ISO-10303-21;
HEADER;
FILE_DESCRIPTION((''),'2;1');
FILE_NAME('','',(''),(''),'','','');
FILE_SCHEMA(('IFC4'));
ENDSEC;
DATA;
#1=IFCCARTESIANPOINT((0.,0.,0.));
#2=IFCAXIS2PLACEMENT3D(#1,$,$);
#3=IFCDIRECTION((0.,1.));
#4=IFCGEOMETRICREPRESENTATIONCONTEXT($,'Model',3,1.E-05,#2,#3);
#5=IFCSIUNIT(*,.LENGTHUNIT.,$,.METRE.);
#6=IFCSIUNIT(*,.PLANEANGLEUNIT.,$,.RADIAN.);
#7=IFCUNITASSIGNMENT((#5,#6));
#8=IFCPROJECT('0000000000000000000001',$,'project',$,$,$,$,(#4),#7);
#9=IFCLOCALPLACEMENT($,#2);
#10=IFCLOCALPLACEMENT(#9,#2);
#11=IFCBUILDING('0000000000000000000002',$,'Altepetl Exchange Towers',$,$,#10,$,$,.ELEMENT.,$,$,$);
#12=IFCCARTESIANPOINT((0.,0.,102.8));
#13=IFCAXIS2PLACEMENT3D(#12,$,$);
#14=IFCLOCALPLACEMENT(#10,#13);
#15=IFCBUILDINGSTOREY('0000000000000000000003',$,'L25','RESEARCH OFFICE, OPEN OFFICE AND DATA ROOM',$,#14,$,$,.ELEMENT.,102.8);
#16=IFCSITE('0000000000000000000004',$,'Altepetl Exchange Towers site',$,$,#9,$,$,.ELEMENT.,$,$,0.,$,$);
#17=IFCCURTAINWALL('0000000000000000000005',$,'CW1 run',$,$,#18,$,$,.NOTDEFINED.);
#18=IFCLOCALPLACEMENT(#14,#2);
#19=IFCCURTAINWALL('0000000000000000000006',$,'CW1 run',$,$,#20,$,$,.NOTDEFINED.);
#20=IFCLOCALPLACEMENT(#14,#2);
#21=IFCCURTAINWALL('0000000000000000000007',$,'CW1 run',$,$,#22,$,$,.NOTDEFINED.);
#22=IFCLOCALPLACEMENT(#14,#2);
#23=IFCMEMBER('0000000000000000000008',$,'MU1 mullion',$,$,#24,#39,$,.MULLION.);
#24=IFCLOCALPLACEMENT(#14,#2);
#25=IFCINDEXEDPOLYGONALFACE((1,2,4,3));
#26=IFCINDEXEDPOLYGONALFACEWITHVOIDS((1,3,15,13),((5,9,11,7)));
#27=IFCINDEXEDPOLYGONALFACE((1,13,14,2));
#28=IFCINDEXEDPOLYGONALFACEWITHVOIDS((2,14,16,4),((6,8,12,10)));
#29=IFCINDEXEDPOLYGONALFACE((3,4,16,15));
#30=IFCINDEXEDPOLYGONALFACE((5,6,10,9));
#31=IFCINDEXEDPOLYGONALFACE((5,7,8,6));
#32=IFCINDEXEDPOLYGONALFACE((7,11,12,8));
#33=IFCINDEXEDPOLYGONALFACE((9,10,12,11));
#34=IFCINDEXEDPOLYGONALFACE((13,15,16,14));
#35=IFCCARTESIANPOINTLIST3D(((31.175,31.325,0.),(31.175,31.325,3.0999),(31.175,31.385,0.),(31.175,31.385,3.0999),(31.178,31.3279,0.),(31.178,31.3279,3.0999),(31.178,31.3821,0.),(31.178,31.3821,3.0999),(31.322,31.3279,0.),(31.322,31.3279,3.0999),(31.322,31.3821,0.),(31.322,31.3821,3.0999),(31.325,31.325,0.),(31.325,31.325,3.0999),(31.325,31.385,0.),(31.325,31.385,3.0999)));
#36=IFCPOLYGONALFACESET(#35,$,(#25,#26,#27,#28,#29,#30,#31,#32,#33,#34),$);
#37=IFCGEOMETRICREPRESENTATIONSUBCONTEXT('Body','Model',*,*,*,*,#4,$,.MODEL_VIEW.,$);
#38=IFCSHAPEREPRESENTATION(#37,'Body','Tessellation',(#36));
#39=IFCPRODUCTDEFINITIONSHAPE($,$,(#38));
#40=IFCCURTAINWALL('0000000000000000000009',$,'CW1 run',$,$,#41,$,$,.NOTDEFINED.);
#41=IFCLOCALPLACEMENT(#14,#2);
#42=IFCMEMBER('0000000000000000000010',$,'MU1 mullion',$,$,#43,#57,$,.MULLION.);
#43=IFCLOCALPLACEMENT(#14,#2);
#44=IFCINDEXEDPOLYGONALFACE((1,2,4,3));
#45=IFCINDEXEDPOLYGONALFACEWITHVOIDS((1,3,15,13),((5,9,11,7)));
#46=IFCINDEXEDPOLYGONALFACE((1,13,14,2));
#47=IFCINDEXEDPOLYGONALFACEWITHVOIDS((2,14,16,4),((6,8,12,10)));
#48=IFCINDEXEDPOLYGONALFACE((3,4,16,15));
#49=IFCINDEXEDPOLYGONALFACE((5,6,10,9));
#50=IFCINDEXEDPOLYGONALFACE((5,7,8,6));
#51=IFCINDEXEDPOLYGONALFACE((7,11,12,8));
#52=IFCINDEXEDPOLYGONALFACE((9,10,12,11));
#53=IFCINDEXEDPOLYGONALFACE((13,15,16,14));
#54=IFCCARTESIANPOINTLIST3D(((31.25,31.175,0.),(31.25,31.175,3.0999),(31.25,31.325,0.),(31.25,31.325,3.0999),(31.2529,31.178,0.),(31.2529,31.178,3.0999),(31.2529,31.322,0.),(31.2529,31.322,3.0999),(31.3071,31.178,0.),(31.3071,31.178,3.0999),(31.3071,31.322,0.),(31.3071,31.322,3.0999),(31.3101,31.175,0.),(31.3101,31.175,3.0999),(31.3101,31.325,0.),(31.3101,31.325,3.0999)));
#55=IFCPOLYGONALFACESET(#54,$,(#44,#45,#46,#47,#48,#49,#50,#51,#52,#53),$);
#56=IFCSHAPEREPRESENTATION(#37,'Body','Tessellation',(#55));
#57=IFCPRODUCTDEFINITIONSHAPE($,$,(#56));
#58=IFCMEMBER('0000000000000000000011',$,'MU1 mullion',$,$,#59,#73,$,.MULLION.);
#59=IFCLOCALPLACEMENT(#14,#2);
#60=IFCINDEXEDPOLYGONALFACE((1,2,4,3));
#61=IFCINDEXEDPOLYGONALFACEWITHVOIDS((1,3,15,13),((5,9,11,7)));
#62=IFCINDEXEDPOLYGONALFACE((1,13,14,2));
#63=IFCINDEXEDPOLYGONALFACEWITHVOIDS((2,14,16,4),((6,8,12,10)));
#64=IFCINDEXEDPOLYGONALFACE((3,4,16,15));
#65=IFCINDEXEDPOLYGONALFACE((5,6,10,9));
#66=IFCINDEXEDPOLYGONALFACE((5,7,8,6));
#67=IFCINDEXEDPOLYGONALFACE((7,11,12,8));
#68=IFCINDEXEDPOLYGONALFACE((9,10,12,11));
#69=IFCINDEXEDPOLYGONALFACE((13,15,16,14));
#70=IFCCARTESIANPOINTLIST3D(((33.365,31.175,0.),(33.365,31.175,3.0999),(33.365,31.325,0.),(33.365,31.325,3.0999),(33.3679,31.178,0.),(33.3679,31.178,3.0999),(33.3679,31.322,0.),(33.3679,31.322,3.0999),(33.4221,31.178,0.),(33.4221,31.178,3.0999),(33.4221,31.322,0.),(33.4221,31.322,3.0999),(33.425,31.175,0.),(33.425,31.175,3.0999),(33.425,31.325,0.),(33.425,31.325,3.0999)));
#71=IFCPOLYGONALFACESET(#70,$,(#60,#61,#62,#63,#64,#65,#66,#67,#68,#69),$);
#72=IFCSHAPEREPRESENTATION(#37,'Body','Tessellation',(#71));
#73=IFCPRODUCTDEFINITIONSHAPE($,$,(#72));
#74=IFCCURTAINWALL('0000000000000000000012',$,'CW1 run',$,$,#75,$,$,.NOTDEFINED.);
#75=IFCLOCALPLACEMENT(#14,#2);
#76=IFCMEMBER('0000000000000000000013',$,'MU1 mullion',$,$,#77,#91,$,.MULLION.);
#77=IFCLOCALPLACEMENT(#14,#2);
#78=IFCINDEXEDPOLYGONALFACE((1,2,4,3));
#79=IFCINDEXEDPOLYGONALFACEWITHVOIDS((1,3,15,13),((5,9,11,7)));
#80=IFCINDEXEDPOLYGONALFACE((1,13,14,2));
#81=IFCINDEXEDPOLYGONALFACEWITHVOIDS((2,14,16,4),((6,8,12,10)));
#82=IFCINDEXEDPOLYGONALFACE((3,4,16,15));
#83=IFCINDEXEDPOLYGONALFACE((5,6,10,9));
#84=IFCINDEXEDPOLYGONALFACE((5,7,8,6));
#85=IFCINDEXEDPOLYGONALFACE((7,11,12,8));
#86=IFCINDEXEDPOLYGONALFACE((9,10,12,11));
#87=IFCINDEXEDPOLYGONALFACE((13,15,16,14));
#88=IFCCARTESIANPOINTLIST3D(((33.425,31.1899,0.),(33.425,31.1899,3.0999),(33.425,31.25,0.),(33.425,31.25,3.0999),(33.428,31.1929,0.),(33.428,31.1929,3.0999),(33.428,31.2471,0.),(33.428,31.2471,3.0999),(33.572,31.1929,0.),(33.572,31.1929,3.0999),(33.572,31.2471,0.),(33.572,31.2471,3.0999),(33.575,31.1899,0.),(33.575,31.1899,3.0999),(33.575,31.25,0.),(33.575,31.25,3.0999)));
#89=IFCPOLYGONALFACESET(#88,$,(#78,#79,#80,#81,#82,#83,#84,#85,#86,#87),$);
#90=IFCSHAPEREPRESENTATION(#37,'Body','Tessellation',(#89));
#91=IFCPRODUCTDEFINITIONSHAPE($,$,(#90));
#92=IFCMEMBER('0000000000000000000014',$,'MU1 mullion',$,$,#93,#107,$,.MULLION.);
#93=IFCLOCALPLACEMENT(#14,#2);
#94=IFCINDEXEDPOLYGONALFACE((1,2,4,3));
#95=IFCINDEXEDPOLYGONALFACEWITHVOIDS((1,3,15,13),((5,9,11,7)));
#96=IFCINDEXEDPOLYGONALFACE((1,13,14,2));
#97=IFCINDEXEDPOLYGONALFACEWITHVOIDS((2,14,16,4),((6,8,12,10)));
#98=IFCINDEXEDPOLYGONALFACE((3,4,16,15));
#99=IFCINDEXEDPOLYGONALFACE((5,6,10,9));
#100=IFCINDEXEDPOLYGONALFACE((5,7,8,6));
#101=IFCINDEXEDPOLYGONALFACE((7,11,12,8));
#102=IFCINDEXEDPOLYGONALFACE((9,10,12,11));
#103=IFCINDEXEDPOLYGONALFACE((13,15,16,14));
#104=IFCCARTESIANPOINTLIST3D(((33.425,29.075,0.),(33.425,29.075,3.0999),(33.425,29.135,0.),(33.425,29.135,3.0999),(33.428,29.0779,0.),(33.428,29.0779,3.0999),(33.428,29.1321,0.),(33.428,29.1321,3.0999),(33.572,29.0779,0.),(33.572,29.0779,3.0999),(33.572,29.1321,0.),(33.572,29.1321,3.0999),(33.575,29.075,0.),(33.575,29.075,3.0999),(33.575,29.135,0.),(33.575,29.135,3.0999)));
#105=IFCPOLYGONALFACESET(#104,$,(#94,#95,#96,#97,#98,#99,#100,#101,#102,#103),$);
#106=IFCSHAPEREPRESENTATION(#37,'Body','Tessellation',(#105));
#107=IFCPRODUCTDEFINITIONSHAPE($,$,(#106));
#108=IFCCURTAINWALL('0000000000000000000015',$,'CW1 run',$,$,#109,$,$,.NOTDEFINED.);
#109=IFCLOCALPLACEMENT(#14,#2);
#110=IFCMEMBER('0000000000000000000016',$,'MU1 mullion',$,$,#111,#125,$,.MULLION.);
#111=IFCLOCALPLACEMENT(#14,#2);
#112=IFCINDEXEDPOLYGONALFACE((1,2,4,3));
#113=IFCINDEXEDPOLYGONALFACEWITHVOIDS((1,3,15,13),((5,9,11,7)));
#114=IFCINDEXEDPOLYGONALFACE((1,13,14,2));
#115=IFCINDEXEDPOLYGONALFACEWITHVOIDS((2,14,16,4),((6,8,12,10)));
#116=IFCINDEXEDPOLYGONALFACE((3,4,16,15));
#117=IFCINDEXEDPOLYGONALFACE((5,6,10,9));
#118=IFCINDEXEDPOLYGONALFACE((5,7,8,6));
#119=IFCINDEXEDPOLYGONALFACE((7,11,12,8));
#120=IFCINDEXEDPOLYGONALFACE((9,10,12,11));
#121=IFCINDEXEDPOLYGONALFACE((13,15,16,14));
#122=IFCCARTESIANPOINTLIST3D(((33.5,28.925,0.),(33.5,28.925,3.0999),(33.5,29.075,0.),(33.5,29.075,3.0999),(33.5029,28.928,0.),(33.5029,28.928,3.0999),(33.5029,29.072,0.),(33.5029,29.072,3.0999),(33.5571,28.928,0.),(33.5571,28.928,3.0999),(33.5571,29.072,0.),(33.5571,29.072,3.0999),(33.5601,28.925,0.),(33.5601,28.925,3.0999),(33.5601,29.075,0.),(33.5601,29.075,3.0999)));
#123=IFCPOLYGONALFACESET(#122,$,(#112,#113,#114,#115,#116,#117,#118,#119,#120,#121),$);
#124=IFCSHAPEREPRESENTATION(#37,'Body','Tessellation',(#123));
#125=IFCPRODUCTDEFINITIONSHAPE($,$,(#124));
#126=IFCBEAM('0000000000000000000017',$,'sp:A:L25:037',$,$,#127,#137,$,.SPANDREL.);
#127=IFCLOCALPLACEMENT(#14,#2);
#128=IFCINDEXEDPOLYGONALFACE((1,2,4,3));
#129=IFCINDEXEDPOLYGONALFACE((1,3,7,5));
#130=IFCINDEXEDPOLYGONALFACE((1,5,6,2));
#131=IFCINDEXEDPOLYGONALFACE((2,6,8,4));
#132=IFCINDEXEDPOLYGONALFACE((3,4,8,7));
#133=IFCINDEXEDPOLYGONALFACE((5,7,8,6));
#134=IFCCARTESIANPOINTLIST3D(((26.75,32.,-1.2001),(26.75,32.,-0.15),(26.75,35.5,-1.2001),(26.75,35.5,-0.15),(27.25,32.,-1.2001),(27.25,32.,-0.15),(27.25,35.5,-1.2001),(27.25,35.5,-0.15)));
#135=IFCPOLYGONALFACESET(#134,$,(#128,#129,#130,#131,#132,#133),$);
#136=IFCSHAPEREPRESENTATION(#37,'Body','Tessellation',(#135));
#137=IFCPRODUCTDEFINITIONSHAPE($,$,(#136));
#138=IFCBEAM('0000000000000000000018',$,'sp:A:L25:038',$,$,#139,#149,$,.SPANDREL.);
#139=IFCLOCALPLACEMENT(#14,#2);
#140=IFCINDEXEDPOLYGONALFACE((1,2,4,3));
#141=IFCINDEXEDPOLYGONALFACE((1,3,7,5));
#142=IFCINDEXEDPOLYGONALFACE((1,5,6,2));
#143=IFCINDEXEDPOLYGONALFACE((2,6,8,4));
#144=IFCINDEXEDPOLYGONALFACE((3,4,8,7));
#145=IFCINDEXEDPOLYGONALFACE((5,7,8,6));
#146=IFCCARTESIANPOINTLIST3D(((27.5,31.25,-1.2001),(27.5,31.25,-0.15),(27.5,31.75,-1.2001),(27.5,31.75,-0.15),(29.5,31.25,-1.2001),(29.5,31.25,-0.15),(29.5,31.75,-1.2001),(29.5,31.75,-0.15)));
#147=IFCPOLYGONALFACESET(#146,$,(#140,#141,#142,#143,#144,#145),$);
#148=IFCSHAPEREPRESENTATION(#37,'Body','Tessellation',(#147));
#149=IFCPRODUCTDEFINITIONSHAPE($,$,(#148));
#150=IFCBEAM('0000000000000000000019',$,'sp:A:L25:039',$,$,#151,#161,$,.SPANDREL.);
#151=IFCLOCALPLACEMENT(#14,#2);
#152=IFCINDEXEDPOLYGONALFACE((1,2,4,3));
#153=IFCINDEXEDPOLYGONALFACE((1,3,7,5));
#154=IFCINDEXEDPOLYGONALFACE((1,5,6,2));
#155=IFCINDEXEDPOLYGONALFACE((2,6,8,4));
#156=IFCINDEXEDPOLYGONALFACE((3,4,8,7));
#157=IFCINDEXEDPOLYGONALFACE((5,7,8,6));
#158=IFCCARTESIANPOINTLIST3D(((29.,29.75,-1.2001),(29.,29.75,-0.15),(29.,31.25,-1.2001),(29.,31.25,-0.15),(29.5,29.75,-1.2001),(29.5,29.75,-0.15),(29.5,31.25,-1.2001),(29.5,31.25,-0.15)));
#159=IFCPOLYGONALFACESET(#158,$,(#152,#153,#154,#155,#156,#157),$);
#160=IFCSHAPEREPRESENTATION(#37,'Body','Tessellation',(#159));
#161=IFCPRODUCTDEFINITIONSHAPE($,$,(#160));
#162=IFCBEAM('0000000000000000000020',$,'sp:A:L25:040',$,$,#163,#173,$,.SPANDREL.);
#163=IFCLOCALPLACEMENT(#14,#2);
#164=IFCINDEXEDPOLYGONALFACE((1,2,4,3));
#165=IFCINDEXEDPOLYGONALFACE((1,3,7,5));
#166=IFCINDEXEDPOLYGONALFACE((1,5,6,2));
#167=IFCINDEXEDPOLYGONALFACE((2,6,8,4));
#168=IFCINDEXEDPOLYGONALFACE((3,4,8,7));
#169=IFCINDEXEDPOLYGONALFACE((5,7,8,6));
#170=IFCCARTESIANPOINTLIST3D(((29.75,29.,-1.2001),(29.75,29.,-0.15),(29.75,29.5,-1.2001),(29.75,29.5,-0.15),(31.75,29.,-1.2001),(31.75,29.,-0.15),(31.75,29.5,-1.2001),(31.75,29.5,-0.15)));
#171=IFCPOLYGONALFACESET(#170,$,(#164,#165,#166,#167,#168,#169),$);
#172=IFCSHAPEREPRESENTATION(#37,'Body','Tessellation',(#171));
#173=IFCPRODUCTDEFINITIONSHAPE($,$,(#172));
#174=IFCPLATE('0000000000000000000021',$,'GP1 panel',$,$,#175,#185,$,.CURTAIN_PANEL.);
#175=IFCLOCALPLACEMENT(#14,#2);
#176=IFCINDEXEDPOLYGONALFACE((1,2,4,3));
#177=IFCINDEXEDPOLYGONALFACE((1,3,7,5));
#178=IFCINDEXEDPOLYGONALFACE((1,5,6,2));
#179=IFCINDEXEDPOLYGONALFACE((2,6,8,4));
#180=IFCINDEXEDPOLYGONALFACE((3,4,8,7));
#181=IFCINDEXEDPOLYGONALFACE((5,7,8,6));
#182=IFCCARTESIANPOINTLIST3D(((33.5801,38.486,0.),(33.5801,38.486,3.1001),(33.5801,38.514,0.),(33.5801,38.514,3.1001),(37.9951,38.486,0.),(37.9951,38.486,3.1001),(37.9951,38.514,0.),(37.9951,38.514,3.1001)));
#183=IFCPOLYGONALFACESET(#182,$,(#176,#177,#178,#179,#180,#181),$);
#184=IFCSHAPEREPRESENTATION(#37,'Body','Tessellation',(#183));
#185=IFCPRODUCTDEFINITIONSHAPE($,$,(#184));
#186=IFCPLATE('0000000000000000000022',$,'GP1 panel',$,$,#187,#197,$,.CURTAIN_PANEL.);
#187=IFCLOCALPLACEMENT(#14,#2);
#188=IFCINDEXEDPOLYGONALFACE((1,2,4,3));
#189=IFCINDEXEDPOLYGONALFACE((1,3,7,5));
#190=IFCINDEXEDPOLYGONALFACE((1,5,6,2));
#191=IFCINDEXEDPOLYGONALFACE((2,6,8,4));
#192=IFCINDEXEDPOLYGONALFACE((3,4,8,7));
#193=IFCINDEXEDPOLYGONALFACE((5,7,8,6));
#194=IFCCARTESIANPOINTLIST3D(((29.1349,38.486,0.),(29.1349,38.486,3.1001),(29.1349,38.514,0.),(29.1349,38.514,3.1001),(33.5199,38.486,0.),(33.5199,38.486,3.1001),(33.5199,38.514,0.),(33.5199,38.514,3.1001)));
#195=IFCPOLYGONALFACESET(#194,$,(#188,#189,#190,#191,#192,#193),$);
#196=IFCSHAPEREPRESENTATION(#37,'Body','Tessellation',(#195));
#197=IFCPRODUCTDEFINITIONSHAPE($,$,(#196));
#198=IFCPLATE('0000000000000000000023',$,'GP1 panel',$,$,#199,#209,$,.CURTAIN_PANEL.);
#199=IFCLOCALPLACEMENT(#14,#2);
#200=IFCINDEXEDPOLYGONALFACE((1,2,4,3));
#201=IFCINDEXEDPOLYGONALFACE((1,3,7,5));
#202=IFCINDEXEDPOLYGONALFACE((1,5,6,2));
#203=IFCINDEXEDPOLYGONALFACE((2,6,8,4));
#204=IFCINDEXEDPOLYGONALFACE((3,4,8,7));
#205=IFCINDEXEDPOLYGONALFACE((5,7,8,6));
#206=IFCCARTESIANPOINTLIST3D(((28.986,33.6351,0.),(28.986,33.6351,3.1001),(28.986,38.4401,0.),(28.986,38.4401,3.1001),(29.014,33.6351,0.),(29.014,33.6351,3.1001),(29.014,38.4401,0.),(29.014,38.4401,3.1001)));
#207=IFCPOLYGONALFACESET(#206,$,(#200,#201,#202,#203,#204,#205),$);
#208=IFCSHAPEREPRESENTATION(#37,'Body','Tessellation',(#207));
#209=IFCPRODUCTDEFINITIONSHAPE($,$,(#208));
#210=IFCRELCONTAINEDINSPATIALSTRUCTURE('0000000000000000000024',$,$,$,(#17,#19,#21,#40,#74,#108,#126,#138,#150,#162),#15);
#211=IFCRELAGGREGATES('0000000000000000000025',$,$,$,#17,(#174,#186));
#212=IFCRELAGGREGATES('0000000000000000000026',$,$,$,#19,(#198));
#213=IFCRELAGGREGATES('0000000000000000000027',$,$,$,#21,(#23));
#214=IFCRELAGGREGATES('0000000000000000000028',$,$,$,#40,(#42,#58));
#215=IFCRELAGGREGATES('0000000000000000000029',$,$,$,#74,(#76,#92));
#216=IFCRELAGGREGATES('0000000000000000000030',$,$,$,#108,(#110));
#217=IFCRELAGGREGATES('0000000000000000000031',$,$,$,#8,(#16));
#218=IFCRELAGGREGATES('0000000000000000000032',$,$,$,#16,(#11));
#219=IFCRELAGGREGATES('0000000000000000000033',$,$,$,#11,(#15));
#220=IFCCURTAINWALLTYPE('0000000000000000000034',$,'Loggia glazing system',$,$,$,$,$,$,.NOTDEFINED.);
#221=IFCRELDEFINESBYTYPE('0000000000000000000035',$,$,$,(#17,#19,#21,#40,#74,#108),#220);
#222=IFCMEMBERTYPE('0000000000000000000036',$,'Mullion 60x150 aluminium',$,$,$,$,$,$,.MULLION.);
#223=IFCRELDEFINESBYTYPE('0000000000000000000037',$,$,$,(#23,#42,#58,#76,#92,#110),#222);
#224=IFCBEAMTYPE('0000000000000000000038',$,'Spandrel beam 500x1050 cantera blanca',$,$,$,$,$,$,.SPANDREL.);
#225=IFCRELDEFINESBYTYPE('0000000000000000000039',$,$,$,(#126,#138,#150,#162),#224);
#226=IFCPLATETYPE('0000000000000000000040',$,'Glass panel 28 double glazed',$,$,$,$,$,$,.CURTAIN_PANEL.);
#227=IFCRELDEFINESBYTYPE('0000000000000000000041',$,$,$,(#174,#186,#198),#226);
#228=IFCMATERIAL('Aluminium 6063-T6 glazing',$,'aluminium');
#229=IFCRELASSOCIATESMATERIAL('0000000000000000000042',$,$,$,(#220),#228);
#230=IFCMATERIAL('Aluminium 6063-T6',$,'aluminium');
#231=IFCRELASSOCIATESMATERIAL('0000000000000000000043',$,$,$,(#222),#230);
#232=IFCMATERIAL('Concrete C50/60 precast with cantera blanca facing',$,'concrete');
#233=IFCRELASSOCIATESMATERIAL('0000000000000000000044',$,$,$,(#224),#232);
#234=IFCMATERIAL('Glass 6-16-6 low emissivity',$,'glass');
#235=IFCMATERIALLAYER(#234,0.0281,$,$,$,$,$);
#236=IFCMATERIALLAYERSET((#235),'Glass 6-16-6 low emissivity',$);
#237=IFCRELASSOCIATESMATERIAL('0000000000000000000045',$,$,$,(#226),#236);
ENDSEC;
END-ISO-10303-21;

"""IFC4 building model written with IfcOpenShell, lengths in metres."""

from ifc_helpers import new_model, si_unit, direction, frame, origin, origin_2d, place, context, subcontext, project, spatial, rectangle, hollow_rectangle, extrude, material, layer, layer_set, material_profile, profile_set, type_object, element, aggregate, save


model = new_model("IFC4")

# Units and contexts
model_context = context("Model", 3, precision=1e-05, world=origin(), true_north=direction((0.0, 1.0)))
body_context = subcontext(model_context, "Body", "Model", "MODEL_VIEW")
ifc_project = project(units=[si_unit("LENGTHUNIT", "METRE"), si_unit("PLANEANGLEUNIT", "RADIAN")], contexts=[model_context])

# Site, building, storey
site_placement = place(None, origin())
site = spatial("IfcSite", under=ifc_project, at=site_placement, Name="Altepetl Exchange Towers site", CompositionType="ELEMENT", RefElevation=0.0)
building_placement = place(site_placement, origin())
building = spatial("IfcBuilding", under=site, at=building_placement, Name="Altepetl Exchange Towers", CompositionType="ELEMENT")
storey_placement = place(building_placement, frame((0.0, 0.0, 102.8)))
storey = spatial("IfcBuildingStorey", under=building, at=storey_placement, Name="L25", Description="RESEARCH OFFICE, OPEN OFFICE AND DATA ROOM", CompositionType="ELEMENT", Elevation=102.8)

# Curtain walls, members
ifc_material_1 = material(Name="Aluminium 6063-T6 glazing", Category="aluminium")
curtain_wall_type = type_object("IfcCurtainWallType", Name="Loggia glazing system", PredefinedType="NOTDEFINED", material=ifc_material_1)
curtain_wall_1_placement = place(storey_placement, origin())
curtain_wall_1 = element("IfcCurtainWall", 1, at=curtain_wall_1_placement, inside=storey, type_object=curtain_wall_type, Name="CW1 run", PredefinedType="NOTDEFINED")
ifc_material_2 = material(Name="Aluminium 6063-T6", Category="aluminium")
ifc_material_profile_1 = material_profile(ifc_material_2, hollow_rectangle(XDim=0.0601, YDim=0.1499, WallThickness=0.0029, at=origin_2d()), Name="Mullion 60x150 aluminium")
ifc_profile_set_1 = profile_set([ifc_material_profile_1], Name="Aluminium 6063-T6")
member_type = type_object("IfcMemberType", Name="Mullion 60x150 aluminium", PredefinedType="MULLION", material=ifc_profile_set_1)
curtain_wall_2_placement = place(storey_placement, origin())
curtain_wall_2 = element("IfcCurtainWall", 2, at=curtain_wall_2_placement, inside=storey, type_object=curtain_wall_type, Name="CW1 run", PredefinedType="NOTDEFINED")
curtain_wall_3_placement = place(storey_placement, origin())
curtain_wall_3 = element("IfcCurtainWall", 3, at=curtain_wall_3_placement, inside=storey, type_object=curtain_wall_type, Name="CW1 run", PredefinedType="NOTDEFINED")
member_1_placement = place(storey_placement, frame((31.25, 31.355, 0.0), z_axis=(0.0, 0.0, 1.0), x_axis=(0.0, -1.0, 0.0)))
member_1 = element("IfcMember", 4, at=member_1_placement, type_object=member_type, Name="MU1 mullion", PredefinedType="MULLION", context=body_context, shape_type="SweptSolid", body=[
    extrude(hollow_rectangle(XDim=0.0601, YDim=0.1499, WallThickness=0.0029, at=origin_2d()), origin(), (0.0, 0.0, 1.0), 3.0999),
])
curtain_wall_4_placement = place(storey_placement, origin())
curtain_wall_4 = element("IfcCurtainWall", 5, at=curtain_wall_4_placement, inside=storey, type_object=curtain_wall_type, Name="CW1 run", PredefinedType="NOTDEFINED")
member_2_placement = place(storey_placement, frame((31.28, 31.25, 0.0)))
member_2 = element("IfcMember", 6, at=member_2_placement, type_object=member_type, Name="MU1 mullion", PredefinedType="MULLION", context=body_context, shape_type="SweptSolid", body=[
    extrude(hollow_rectangle(XDim=0.0601, YDim=0.1499, WallThickness=0.0029, at=origin_2d()), origin(), (0.0, 0.0, 1.0), 3.0999),
])
member_3_placement = place(storey_placement, frame((33.395, 31.25, 0.0)))
member_3 = element("IfcMember", 7, at=member_3_placement, type_object=member_type, Name="MU1 mullion", PredefinedType="MULLION", context=body_context, shape_type="SweptSolid", body=[
    extrude(hollow_rectangle(XDim=0.0601, YDim=0.1499, WallThickness=0.0029, at=origin_2d()), origin(), (0.0, 0.0, 1.0), 3.0999),
])
curtain_wall_5_placement = place(storey_placement, origin())
curtain_wall_5 = element("IfcCurtainWall", 8, at=curtain_wall_5_placement, inside=storey, type_object=curtain_wall_type, Name="CW1 run", PredefinedType="NOTDEFINED")
member_4_placement = place(storey_placement, frame((33.5, 31.22, 0.0), z_axis=(0.0, 0.0, 1.0), x_axis=(0.0, -1.0, 0.0)))
member_4 = element("IfcMember", 9, at=member_4_placement, type_object=member_type, Name="MU1 mullion", PredefinedType="MULLION", context=body_context, shape_type="SweptSolid", body=[
    extrude(hollow_rectangle(XDim=0.0601, YDim=0.1499, WallThickness=0.0029, at=origin_2d()), origin(), (0.0, 0.0, 1.0), 3.0999),
])
member_5_placement = place(storey_placement, frame((33.5, 29.105, 0.0), z_axis=(0.0, 0.0, 1.0), x_axis=(0.0, -1.0, 0.0)))
member_5 = element("IfcMember", 10, at=member_5_placement, type_object=member_type, Name="MU1 mullion", PredefinedType="MULLION", context=body_context, shape_type="SweptSolid", body=[
    extrude(hollow_rectangle(XDim=0.0601, YDim=0.1499, WallThickness=0.0029, at=origin_2d()), origin(), (0.0, 0.0, 1.0), 3.0999),
])

# Curtain wall, member
curtain_wall_6_placement = place(storey_placement, origin())
curtain_wall_6 = element("IfcCurtainWall", 11, at=curtain_wall_6_placement, inside=storey, type_object=curtain_wall_type, Name="CW1 run", PredefinedType="NOTDEFINED")
member_6_placement = place(storey_placement, frame((33.53, 29.0, 0.0)))
member_6 = element("IfcMember", 12, at=member_6_placement, type_object=member_type, Name="MU1 mullion", PredefinedType="MULLION", context=body_context, shape_type="SweptSolid", body=[
    extrude(hollow_rectangle(XDim=0.0601, YDim=0.1499, WallThickness=0.0029, at=origin_2d()), origin(), (0.0, 0.0, 1.0), 3.0999),
])

# Beams
ifc_material_3 = material(Name="Concrete C50/60 precast with cantera blanca facing", Category="concrete")
ifc_material_profile_2 = material_profile(ifc_material_3, rectangle(XDim=0.5, YDim=1.05, at=origin_2d()), Name="500 x 1050")
ifc_profile_set_2 = profile_set([ifc_material_profile_2], Name="Concrete C50/60 precast with cantera blanca facing")
beam_type_1 = type_object("IfcBeamType", Name="Spandrel beam 500x1050 cantera blanca", PredefinedType="SPANDREL", material=ifc_profile_set_2)
beam_1_placement = place(storey_placement, frame((27.0, 35.5, -0.675), z_axis=(0.0, -1.0, 0.0), x_axis=(1.0, 0.0, 0.0)))
element("IfcBeam", 13, at=beam_1_placement, inside=storey, type_object=beam_type_1, Name="sp:A:L25:037", PredefinedType="SPANDREL", context=body_context, shape_type="SweptSolid", body=[
    extrude(rectangle(XDim=0.5, YDim=1.05, at=origin_2d()), origin(), (0.0, 0.0, 1.0), 3.5),
])
beam_2_placement = place(storey_placement, frame((27.5, 31.5, -0.675), z_axis=(1.0, 0.0, 0.0), x_axis=(0.0, 1.0, 0.0)))
element("IfcBeam", 14, at=beam_2_placement, inside=storey, type_object=beam_type_1, Name="sp:A:L25:038", PredefinedType="SPANDREL", context=body_context, shape_type="SweptSolid", body=[
    extrude(rectangle(XDim=0.5, YDim=1.05, at=origin_2d()), origin(), (0.0, 0.0, 1.0), 2.0),
])
beam_3_placement = place(storey_placement, frame((29.25, 31.25, -0.675), z_axis=(0.0, -1.0, 0.0), x_axis=(1.0, 0.0, 0.0)))
element("IfcBeam", 15, at=beam_3_placement, inside=storey, type_object=beam_type_1, Name="sp:A:L25:039", PredefinedType="SPANDREL", context=body_context, shape_type="SweptSolid", body=[
    extrude(rectangle(XDim=0.5, YDim=1.05, at=origin_2d()), origin(), (0.0, 0.0, 1.0), 1.5),
])
beam_4_placement = place(storey_placement, frame((29.75, 29.25, -0.675), z_axis=(1.0, 0.0, 0.0), x_axis=(0.0, 1.0, 0.0)))
element("IfcBeam", 16, at=beam_4_placement, inside=storey, type_object=beam_type_1, Name="sp:A:L25:040", PredefinedType="SPANDREL", context=body_context, shape_type="SweptSolid", body=[
    extrude(rectangle(XDim=0.5, YDim=1.05, at=origin_2d()), origin(), (0.0, 0.0, 1.0), 2.0),
])

# Plates
ifc_material_4 = material(Name="Glass 6-16-6 low emissivity", Category="glass")
ifc_layer = layer(ifc_material_4, 0.0281)
ifc_layer_set = layer_set([ifc_layer], Name="Glass 6-16-6 low emissivity")
plate_type = type_object("IfcPlateType", Name="Glass panel 28 double glazed", PredefinedType="CURTAIN_PANEL", material=ifc_layer_set)
plate_1_placement = place(storey_placement, frame((35.7876, 38.5, 0.0), z_axis=(0.0, 0.0, 1.0), x_axis=(-1.0, 0.0, 0.0)))
plate_1 = element("IfcPlate", 17, at=plate_1_placement, type_object=plate_type, Name="GP1 panel", PredefinedType="CURTAIN_PANEL", context=body_context, shape_type="SweptSolid", body=[
    extrude(rectangle(XDim=4.415, YDim=0.0281, at=origin_2d()), origin(), (0.0, 0.0, 1.0), 3.1001),
])
plate_2_placement = place(storey_placement, frame((31.3274, 38.5, 0.0), z_axis=(0.0, 0.0, 1.0), x_axis=(-1.0, 0.0, 0.0)))
plate_2 = element("IfcPlate", 18, at=plate_2_placement, type_object=plate_type, Name="GP1 panel", PredefinedType="CURTAIN_PANEL", context=body_context, shape_type="SweptSolid", body=[
    extrude(rectangle(XDim=4.385, YDim=0.0281, at=origin_2d()), origin(), (0.0, 0.0, 1.0), 3.1001),
])
aggregate(curtain_wall_1, [plate_1, plate_2])
plate_3_placement = place(storey_placement, frame((29.0, 36.0376, 0.0), z_axis=(0.0, 0.0, 1.0), x_axis=(0.0, -1.0, 0.0)))
plate_3 = element("IfcPlate", 19, at=plate_3_placement, type_object=plate_type, Name="GP1 panel", PredefinedType="CURTAIN_PANEL", context=body_context, shape_type="SweptSolid", body=[
    extrude(rectangle(XDim=4.8049, YDim=0.0281, at=origin_2d()), origin(), (0.0, 0.0, 1.0), 3.1001),
])
aggregate(curtain_wall_2, [plate_3])
aggregate(curtain_wall_3, [member_1])
aggregate(curtain_wall_4, [member_2, member_3])
aggregate(curtain_wall_5, [member_4, member_5])
aggregate(curtain_wall_6, [member_6])

save(model, "model.ifc")
